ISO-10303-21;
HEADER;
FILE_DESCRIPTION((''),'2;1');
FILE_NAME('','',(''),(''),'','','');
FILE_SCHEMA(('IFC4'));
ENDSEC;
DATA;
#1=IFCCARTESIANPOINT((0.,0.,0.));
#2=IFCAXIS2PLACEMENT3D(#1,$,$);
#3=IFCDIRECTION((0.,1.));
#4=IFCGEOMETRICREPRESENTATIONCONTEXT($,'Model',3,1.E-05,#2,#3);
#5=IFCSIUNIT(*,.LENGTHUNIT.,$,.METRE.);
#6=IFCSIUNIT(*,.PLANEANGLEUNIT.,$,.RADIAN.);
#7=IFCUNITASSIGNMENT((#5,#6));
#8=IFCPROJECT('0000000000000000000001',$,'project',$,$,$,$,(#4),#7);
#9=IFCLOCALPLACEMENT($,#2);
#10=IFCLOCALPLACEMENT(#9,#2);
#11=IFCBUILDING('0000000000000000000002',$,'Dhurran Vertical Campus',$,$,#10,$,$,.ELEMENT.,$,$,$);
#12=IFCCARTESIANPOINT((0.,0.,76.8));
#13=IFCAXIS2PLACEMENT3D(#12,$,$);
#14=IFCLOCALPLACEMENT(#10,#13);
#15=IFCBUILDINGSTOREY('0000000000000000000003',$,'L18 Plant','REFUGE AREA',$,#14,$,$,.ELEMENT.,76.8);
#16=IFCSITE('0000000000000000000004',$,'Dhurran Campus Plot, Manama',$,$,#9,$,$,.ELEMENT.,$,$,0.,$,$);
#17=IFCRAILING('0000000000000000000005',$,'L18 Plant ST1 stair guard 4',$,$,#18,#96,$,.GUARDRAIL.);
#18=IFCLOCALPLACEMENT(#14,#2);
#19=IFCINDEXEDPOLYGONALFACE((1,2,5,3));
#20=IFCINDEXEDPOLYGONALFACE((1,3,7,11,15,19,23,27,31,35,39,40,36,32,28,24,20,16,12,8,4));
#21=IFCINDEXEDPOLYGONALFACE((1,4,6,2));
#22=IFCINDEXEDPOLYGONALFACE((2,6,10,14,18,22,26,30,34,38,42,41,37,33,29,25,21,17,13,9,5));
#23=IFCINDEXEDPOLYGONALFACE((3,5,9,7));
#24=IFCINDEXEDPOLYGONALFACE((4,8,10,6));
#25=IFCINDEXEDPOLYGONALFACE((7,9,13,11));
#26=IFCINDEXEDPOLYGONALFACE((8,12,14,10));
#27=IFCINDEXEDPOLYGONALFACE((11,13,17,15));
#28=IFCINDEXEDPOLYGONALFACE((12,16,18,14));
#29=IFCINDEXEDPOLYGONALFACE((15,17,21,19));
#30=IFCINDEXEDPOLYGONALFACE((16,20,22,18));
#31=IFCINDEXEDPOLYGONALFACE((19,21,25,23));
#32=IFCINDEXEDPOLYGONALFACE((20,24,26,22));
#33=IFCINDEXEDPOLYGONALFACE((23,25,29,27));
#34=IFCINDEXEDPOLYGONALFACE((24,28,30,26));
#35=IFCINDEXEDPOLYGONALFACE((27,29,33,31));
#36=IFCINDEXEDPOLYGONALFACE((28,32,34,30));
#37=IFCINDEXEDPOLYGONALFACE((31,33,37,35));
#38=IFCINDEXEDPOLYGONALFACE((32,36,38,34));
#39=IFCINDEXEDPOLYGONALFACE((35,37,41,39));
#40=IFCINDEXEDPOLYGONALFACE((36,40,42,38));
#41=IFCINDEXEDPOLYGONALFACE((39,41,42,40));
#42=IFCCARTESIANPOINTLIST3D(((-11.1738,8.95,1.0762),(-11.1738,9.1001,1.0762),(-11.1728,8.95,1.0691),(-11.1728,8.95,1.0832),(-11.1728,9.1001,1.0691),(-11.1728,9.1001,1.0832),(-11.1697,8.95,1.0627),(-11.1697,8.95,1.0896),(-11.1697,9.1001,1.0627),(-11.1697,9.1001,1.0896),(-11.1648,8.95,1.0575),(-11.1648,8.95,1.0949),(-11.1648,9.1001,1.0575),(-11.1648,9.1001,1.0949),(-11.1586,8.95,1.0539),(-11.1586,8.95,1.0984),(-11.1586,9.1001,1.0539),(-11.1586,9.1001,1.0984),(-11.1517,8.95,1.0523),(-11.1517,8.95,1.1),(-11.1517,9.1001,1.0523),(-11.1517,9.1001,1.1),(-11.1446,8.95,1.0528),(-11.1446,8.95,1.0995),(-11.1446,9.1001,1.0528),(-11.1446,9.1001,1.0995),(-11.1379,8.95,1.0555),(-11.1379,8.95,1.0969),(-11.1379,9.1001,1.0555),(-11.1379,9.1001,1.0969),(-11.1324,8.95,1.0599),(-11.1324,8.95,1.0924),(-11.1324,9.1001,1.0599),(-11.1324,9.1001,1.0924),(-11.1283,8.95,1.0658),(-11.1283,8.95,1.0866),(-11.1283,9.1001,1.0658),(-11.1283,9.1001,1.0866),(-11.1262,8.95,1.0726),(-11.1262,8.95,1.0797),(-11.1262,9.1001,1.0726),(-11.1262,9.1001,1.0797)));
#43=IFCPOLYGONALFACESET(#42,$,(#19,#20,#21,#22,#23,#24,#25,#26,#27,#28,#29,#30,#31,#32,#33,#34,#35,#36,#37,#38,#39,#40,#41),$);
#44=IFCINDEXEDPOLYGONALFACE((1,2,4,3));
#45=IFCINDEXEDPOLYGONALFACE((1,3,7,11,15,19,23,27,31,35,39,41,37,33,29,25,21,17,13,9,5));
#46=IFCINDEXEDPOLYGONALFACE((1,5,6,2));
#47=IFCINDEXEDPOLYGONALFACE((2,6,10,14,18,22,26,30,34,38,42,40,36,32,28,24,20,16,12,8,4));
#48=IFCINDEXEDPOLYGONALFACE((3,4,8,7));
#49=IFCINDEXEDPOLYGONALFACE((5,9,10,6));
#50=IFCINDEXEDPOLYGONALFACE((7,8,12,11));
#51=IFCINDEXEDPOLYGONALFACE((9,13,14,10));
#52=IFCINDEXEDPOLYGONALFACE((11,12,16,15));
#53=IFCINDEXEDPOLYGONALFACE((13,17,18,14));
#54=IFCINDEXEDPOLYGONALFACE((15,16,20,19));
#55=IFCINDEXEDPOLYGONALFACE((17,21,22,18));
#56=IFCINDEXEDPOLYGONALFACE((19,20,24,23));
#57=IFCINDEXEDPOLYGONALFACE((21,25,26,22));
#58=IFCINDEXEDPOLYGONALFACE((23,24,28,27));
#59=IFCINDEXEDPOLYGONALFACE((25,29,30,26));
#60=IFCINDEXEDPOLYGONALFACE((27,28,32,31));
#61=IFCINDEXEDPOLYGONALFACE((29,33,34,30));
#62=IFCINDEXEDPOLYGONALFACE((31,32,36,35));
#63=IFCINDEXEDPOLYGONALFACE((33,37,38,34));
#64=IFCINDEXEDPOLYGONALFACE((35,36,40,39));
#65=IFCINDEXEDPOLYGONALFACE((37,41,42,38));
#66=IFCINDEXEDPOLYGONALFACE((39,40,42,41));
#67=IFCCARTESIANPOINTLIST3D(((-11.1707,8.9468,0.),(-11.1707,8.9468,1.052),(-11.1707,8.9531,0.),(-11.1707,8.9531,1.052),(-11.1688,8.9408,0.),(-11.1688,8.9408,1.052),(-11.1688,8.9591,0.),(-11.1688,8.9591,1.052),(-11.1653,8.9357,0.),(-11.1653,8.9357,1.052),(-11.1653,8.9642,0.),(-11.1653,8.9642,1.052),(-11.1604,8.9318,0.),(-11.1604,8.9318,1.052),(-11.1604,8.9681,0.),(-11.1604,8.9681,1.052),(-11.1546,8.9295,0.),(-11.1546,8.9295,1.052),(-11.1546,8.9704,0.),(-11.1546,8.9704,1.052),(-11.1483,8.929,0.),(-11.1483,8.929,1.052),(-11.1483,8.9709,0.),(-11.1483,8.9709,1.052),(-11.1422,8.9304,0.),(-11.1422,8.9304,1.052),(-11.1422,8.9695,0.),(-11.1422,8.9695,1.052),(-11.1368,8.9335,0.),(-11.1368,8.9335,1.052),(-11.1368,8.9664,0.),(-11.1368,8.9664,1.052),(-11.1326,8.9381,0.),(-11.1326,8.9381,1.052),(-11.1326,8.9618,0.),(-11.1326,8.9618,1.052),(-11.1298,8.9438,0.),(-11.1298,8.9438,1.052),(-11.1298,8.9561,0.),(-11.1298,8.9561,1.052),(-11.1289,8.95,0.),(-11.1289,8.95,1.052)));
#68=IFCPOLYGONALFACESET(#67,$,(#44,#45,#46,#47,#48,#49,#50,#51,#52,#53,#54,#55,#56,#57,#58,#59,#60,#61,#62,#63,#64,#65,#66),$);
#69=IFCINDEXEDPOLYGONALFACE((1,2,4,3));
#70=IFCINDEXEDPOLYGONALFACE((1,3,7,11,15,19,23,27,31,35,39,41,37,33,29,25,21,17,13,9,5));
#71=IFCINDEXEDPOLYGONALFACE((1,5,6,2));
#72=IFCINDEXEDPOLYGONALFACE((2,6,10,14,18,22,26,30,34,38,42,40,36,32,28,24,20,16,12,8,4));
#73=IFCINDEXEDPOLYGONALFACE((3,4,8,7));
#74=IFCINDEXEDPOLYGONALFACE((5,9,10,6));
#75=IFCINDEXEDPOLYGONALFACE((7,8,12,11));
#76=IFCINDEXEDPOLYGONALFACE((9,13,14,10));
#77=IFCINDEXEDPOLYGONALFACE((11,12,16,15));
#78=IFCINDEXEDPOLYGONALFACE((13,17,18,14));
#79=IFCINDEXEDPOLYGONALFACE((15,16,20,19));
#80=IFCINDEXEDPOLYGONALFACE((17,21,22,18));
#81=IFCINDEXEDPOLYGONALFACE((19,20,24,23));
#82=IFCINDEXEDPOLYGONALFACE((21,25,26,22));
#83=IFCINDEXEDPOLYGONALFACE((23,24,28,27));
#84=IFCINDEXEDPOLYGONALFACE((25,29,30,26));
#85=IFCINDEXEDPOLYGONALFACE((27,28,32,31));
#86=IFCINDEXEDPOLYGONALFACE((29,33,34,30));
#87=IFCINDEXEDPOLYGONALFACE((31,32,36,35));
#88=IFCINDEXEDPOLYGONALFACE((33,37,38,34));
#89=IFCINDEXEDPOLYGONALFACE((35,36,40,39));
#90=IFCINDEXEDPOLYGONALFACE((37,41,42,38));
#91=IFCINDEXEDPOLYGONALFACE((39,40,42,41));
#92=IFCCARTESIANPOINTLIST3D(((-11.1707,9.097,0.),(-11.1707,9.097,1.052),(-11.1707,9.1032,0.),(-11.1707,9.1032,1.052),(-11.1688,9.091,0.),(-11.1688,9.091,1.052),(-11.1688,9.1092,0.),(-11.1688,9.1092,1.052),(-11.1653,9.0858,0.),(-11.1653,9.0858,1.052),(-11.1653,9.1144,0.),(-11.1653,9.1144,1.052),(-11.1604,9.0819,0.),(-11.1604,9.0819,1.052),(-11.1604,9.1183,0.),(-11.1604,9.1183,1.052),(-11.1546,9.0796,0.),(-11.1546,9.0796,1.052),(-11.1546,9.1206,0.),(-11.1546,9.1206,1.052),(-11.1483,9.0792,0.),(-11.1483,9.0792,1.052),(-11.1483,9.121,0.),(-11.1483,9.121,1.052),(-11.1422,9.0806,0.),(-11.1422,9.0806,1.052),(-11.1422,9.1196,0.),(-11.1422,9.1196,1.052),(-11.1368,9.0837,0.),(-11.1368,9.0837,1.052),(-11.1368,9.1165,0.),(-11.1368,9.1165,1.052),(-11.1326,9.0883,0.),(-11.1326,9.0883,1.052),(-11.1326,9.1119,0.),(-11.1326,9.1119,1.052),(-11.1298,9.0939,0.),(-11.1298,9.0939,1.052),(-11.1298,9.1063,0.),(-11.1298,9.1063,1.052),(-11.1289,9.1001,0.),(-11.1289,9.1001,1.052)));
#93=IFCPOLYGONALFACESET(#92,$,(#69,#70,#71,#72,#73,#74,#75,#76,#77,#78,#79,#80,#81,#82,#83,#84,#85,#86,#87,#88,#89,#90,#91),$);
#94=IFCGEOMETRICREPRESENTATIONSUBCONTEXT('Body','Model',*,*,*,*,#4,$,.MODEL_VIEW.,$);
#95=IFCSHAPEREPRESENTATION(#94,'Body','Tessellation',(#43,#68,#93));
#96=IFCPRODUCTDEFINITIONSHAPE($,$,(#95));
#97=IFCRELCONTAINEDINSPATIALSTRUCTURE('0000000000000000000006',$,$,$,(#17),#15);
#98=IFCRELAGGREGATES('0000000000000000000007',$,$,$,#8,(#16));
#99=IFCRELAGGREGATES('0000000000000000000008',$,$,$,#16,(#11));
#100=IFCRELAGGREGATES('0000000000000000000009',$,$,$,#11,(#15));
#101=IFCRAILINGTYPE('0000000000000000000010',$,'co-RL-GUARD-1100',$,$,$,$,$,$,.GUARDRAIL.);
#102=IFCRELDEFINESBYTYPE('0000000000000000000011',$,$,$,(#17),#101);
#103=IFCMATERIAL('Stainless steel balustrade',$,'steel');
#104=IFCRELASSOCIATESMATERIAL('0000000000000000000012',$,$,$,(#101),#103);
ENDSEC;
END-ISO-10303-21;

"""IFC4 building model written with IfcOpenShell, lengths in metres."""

from ifc_helpers import new_model, si_unit, direction, frame, origin, origin_2d, place, context, subcontext, project, spatial, circle, extrude, material, type_object, element, save


model = new_model("IFC4")

# Units and contexts
model_context = context("Model", 3, precision=1e-05, world=origin(), true_north=direction((0.0, 1.0)))
body_context = subcontext(model_context, "Body", "Model", "MODEL_VIEW")
ifc_project = project(units=[si_unit("LENGTHUNIT", "METRE"), si_unit("PLANEANGLEUNIT", "RADIAN")], contexts=[model_context])

# Site, building, storey
site_placement = place(None, origin())
site = spatial("IfcSite", under=ifc_project, at=site_placement, Name="Dhurran Campus Plot, Manama", CompositionType="ELEMENT", RefElevation=0.0)
building_placement = place(site_placement, origin())
building = spatial("IfcBuilding", under=site, at=building_placement, Name="Dhurran Vertical Campus", CompositionType="ELEMENT")
storey_placement = place(building_placement, frame((0.0, 0.0, 76.8)))
storey = spatial("IfcBuildingStorey", under=building, at=storey_placement, Name="L18 Plant", Description="REFUGE AREA", CompositionType="ELEMENT", Elevation=76.8)

# Railing
ifc_material_1 = material(Name="Stainless steel balustrade", Category="steel")
railing_type_1 = type_object("IfcRailingType", Name="co-RL-GUARD-1100", PredefinedType="GUARDRAIL", material=ifc_material_1)
railing_1_placement = place(storey_placement, frame((-11.1499, 8.95, 0.0)))
element("IfcRailing", 1, at=railing_1_placement, inside=storey, type_object=railing_type_1, Name="L18 Plant ST1 stair guard 4", PredefinedType="GUARDRAIL", context=body_context, shape_type="SweptSolid", body=[
    extrude(circle(Radius=0.0239, at=origin_2d()), frame((0.0, 0.0, 1.0762), z_axis=(0.0, 1.0, 0.0), x_axis=(-1.0, 0.0, 0.0)), (0.0, 0.0, 1.0), 0.1501),
    extrude(circle(Radius=0.021, at=origin_2d()), origin(), (0.0, 0.0, 1.0), 1.052),
    extrude(circle(Radius=0.021, at=origin_2d()), frame((0.0, 0.1501, 0.0)), (0.0, 0.0, 1.0), 1.052),
])

save(model, "model.ifc")
